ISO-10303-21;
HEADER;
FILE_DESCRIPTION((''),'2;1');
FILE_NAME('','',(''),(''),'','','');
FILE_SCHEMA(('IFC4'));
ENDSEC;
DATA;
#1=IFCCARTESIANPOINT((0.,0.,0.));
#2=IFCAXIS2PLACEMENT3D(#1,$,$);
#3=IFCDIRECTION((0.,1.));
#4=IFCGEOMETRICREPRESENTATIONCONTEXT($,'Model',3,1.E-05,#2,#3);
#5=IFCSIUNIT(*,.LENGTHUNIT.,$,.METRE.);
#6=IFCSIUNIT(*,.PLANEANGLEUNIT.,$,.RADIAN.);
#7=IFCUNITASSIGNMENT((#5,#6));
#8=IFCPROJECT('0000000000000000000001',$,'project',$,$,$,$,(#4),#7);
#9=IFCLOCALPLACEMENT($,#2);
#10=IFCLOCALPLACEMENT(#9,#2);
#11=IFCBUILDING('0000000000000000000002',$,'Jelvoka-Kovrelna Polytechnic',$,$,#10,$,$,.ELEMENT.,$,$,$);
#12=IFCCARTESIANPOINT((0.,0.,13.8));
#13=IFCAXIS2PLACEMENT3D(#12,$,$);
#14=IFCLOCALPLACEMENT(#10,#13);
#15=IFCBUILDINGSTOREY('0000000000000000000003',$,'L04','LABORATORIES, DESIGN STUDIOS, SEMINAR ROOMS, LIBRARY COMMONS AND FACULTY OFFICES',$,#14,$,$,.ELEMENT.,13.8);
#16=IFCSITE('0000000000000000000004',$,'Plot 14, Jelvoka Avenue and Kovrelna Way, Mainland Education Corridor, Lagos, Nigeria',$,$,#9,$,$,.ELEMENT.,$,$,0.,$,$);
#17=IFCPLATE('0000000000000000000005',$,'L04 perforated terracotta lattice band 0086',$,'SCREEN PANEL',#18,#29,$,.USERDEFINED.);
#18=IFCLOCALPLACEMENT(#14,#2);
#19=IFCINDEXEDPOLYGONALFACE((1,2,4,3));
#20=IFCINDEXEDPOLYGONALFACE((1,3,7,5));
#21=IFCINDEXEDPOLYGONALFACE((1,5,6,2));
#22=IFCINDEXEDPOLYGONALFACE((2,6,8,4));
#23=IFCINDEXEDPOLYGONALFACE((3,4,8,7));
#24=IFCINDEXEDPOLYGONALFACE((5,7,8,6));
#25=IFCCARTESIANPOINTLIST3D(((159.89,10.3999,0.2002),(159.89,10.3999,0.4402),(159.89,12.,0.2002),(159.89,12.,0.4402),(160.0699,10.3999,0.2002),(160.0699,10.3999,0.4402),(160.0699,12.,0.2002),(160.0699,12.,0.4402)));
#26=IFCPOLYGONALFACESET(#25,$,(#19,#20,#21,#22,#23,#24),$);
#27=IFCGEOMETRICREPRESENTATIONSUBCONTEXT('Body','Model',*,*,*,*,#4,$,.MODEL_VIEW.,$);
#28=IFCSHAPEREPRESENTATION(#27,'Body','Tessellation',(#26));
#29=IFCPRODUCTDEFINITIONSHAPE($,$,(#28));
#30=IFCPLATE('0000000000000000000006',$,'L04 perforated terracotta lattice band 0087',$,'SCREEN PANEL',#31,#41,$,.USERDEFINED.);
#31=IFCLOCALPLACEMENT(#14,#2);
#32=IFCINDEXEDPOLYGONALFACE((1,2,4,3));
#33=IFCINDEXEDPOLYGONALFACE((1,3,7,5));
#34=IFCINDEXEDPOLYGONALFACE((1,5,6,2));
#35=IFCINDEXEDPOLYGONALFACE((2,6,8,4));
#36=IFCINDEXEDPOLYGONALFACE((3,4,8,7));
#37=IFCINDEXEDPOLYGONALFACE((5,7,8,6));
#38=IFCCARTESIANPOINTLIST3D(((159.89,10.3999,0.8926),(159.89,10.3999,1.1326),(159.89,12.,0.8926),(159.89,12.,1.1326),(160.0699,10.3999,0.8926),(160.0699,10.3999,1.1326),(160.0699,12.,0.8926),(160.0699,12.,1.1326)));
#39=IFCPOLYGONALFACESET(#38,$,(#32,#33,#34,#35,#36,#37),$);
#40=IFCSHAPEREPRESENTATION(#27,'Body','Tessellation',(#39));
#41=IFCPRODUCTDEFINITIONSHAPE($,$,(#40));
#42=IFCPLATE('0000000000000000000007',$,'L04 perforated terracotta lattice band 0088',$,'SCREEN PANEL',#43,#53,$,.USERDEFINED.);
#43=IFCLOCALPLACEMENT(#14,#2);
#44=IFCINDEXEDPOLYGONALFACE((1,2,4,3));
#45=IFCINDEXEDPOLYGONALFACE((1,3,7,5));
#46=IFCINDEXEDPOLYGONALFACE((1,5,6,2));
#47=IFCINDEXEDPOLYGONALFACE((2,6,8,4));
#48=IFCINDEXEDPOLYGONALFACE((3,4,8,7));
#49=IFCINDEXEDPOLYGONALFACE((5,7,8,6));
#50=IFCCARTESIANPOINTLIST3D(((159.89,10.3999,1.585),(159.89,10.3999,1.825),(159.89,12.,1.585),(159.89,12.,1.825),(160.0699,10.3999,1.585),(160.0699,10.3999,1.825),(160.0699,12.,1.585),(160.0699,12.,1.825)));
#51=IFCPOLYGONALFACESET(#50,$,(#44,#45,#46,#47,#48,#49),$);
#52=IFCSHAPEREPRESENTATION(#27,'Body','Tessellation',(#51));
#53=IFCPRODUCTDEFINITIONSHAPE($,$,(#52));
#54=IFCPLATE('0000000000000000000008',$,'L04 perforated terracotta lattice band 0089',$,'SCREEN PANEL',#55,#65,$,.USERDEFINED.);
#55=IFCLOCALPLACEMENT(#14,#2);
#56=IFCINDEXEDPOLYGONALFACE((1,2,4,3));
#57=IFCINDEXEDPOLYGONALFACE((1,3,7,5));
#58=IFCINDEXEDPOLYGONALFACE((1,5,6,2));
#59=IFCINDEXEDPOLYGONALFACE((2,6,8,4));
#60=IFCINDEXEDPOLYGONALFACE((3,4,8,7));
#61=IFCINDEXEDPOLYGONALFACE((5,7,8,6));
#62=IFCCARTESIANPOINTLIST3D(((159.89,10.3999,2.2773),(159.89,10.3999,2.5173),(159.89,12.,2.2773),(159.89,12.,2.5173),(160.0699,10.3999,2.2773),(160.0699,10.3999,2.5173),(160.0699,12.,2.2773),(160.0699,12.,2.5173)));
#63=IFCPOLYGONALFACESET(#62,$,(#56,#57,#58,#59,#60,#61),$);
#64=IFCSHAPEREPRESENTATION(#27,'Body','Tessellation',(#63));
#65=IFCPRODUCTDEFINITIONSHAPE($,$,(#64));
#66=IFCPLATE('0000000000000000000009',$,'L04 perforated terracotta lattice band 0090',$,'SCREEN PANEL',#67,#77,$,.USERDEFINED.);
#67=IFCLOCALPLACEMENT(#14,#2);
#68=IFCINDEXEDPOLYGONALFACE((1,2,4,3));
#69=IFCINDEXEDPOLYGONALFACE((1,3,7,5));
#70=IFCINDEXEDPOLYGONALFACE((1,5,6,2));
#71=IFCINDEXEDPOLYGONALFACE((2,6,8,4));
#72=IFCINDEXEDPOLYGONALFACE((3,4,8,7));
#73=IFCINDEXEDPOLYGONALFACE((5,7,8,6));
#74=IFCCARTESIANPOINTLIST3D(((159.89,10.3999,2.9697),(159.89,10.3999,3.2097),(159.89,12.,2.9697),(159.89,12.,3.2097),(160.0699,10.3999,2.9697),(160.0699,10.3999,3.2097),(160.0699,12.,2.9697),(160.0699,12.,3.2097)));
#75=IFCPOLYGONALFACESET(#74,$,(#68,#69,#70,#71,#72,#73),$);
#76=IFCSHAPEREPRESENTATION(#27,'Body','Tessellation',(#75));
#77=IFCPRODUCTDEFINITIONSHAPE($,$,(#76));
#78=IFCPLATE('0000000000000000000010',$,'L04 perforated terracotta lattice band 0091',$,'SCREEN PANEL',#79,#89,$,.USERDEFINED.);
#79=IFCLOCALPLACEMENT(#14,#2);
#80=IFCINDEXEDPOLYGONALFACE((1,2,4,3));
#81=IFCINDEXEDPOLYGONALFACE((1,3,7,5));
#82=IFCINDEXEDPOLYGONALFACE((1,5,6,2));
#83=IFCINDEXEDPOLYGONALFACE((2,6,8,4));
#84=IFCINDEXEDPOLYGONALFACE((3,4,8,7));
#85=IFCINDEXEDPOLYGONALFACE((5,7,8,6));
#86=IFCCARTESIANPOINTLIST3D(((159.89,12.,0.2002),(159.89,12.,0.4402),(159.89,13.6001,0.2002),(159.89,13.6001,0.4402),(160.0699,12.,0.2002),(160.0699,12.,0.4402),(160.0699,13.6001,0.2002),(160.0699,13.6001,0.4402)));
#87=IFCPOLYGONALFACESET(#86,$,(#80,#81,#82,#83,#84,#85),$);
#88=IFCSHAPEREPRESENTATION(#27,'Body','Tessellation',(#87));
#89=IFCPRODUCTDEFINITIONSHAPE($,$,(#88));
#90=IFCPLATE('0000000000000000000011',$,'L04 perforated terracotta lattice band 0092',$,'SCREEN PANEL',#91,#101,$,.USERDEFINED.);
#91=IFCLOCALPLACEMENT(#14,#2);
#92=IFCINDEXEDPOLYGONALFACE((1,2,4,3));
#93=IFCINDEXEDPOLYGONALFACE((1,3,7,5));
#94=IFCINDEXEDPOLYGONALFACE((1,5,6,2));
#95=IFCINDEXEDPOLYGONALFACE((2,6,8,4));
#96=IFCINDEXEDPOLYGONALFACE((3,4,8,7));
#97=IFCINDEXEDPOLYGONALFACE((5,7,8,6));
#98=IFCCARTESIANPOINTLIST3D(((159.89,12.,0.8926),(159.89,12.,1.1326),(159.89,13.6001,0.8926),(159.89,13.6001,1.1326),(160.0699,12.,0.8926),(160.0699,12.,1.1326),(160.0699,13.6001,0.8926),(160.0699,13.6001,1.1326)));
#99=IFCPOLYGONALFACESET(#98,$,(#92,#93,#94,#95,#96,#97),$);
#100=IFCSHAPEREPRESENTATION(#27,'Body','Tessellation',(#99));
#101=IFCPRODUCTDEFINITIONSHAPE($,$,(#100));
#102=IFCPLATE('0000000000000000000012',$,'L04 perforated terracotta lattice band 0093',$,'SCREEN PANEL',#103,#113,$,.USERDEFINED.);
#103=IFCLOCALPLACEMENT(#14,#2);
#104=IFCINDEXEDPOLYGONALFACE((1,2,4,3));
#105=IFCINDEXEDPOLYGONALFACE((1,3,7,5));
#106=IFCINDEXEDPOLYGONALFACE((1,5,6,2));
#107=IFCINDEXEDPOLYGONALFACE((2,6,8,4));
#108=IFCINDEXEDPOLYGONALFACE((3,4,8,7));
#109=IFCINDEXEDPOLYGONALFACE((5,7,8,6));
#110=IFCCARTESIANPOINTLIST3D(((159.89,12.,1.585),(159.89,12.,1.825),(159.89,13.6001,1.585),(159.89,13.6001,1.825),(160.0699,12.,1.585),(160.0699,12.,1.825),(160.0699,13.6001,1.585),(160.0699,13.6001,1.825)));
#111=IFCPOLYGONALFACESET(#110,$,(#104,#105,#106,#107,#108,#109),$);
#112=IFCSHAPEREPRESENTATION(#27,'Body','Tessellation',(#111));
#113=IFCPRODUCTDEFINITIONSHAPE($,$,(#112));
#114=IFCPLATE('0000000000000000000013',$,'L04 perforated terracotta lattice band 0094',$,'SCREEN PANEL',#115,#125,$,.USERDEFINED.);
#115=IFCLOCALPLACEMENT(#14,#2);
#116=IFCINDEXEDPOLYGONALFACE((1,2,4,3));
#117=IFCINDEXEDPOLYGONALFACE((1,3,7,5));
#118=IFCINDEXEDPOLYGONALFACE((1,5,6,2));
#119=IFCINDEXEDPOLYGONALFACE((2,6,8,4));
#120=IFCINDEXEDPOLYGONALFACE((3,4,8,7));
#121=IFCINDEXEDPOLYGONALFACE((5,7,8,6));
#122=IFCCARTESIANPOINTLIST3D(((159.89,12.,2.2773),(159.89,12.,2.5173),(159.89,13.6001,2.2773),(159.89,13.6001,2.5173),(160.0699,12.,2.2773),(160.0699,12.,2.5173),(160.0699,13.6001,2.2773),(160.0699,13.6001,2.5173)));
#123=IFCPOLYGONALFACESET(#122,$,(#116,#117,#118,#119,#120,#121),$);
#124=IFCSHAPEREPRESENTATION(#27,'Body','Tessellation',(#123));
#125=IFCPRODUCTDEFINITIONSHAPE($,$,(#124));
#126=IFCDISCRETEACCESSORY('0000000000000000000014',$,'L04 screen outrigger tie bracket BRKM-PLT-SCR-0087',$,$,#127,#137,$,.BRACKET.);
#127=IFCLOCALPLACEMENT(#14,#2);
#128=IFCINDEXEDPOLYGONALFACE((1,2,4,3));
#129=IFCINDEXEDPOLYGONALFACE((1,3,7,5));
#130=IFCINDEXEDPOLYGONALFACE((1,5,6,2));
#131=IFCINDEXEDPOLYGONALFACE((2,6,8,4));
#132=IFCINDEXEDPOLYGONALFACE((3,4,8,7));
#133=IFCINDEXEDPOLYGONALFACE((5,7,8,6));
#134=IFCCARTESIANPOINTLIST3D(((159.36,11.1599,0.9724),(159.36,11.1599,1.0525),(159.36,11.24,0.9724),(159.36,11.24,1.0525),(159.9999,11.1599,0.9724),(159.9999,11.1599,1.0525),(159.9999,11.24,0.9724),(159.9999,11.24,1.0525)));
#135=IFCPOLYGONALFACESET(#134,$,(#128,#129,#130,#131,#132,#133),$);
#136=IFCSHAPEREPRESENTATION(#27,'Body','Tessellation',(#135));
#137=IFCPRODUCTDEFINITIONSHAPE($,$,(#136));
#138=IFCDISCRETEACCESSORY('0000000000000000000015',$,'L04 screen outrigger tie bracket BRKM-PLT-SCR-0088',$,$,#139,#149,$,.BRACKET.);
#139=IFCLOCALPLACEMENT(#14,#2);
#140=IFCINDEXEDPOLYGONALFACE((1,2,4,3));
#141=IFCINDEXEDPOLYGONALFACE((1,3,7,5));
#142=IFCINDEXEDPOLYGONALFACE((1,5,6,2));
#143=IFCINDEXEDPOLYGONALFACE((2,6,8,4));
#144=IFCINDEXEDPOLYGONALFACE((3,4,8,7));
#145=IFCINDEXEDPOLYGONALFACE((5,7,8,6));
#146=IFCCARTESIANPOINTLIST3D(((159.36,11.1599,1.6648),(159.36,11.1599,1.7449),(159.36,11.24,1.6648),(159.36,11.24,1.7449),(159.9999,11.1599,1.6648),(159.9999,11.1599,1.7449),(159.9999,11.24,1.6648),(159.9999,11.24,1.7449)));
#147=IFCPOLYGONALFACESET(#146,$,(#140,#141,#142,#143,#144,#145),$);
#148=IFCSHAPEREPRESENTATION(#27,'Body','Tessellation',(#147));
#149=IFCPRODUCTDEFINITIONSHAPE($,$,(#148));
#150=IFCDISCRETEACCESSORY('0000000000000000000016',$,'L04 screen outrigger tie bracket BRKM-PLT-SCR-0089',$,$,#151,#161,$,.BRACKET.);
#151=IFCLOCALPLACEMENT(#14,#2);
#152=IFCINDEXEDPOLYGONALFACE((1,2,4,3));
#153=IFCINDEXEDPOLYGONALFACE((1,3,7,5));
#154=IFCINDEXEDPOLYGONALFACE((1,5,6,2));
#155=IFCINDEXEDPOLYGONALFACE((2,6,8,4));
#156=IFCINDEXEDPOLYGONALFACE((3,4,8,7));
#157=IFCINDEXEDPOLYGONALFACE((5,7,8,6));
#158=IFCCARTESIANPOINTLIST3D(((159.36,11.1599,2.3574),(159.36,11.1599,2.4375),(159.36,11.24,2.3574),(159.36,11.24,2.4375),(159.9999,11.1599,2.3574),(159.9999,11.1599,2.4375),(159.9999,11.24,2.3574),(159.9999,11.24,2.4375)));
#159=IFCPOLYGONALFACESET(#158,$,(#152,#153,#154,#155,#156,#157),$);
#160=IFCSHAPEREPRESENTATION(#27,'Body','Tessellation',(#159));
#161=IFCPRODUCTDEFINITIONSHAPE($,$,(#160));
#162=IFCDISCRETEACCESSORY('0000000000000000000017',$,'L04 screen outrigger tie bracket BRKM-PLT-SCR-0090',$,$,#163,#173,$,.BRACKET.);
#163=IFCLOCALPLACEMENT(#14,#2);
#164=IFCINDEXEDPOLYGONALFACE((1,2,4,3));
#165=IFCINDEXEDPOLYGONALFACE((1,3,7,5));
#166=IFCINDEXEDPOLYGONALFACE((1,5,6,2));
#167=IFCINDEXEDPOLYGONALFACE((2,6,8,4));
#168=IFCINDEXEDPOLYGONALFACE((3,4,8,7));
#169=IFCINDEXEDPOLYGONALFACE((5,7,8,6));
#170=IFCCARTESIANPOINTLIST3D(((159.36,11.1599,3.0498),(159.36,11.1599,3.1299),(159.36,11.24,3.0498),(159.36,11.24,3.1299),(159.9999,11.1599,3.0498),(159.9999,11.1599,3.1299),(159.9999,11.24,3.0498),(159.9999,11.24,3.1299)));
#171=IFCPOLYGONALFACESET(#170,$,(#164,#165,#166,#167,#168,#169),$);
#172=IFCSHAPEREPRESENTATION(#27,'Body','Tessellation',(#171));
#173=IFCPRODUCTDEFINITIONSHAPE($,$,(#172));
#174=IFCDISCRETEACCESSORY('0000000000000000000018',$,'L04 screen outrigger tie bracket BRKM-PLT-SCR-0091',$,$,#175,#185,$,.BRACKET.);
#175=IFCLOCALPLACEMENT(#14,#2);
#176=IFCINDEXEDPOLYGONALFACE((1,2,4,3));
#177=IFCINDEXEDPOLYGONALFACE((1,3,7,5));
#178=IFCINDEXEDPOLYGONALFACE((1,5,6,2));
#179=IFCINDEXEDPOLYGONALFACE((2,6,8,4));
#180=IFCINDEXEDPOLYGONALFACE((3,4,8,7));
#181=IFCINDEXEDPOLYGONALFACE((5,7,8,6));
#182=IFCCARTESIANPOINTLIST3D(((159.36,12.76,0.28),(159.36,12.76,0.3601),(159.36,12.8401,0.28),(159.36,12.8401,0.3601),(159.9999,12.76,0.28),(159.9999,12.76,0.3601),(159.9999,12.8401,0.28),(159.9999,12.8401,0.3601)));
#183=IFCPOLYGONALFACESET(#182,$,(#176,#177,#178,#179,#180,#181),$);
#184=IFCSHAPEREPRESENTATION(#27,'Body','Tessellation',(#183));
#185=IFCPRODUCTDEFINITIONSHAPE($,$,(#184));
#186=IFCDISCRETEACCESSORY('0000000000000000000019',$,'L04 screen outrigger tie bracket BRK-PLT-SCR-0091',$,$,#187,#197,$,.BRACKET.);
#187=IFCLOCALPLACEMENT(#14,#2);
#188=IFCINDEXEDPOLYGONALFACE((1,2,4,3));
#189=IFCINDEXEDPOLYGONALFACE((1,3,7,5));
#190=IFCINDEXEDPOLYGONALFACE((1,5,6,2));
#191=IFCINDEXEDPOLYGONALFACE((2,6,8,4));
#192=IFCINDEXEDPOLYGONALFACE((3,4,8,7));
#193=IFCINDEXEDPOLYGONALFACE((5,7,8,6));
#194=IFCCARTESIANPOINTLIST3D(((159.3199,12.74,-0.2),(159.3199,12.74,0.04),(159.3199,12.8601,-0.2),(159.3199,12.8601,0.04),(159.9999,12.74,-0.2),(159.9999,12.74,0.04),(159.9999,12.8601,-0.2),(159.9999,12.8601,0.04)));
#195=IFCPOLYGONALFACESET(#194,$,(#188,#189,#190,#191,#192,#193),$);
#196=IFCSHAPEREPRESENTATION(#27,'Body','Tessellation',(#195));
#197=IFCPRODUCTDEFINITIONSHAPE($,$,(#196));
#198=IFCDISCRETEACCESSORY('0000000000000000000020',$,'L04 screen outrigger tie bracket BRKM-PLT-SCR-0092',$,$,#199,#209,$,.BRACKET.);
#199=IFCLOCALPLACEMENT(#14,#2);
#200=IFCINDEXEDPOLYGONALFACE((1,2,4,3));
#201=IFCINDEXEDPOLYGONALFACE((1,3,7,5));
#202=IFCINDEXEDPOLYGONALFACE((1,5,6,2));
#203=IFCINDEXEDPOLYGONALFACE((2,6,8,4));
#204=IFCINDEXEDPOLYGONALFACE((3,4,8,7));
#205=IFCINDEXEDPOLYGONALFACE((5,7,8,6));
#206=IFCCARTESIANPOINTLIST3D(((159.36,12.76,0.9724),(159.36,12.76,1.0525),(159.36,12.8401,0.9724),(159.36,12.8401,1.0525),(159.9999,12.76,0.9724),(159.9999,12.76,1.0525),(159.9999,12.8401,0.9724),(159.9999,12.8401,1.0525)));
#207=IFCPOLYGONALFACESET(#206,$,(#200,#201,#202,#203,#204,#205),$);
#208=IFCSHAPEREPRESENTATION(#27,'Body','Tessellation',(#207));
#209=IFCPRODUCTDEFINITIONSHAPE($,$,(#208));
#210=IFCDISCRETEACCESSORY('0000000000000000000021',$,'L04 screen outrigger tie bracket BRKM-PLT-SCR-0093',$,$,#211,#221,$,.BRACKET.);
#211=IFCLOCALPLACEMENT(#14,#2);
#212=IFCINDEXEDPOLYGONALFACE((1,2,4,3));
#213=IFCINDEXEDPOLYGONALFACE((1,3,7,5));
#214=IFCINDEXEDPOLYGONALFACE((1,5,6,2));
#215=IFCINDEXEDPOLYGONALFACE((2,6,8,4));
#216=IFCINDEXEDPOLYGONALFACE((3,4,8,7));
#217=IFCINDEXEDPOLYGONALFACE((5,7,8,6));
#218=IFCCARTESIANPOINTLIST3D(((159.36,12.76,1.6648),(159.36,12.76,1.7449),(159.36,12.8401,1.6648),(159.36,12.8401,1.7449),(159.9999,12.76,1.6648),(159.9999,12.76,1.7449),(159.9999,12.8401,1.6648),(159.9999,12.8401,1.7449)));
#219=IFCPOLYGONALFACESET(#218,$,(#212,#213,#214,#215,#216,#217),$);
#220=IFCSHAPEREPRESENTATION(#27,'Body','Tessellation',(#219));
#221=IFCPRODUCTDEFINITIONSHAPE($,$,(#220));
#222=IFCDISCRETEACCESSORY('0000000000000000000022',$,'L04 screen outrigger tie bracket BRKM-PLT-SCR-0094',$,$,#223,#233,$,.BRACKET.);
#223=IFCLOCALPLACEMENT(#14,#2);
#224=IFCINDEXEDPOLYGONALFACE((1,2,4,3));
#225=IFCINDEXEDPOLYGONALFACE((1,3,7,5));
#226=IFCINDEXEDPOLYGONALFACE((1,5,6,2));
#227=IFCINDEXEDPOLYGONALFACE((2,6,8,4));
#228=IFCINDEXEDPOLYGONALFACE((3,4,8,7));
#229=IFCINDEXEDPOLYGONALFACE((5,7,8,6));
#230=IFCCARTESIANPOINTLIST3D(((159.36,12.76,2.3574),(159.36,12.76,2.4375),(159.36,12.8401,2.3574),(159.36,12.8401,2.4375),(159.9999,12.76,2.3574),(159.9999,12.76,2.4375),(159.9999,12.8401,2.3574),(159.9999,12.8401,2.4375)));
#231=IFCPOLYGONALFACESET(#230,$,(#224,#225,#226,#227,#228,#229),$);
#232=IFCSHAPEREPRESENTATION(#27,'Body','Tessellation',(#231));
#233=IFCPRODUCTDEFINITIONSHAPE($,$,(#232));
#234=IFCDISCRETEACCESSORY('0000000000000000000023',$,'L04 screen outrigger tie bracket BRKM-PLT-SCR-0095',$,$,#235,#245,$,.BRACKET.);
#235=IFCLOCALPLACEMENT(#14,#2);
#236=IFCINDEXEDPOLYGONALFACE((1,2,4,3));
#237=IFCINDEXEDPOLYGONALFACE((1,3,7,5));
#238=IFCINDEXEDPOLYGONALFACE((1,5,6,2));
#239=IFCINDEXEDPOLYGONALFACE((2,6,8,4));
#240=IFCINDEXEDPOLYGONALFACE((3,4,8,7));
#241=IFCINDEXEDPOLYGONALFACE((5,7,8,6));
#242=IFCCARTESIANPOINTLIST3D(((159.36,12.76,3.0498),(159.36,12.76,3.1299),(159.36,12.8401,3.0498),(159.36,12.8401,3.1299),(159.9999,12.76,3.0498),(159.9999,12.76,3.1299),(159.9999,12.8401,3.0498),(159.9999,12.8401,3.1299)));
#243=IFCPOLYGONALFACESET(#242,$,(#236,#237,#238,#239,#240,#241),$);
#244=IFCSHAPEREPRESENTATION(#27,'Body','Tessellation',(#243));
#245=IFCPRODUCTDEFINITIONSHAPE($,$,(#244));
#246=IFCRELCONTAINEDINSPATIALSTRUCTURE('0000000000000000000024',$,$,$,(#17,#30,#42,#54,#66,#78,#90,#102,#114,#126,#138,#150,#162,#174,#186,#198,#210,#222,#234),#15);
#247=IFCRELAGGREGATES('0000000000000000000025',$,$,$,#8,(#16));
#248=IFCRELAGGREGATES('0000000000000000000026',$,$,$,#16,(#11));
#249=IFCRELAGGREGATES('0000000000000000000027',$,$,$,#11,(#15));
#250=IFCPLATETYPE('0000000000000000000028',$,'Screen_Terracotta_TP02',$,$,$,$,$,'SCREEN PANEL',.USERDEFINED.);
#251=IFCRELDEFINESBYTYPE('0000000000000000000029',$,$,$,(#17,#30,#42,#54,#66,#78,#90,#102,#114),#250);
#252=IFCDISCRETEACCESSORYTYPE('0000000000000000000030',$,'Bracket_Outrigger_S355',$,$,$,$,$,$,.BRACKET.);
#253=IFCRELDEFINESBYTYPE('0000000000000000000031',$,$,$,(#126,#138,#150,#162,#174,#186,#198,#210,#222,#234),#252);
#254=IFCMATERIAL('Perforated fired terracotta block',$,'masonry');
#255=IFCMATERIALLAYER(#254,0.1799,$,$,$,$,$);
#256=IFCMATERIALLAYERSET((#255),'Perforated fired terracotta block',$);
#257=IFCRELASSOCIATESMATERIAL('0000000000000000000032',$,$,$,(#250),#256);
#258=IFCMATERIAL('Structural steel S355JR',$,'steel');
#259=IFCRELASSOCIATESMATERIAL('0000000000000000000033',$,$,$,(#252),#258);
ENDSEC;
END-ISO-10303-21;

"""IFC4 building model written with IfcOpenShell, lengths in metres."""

from ifc_helpers import new_model, si_unit, direction, frame, origin, origin_2d, place, context, subcontext, project, spatial, rectangle, extrude, material, layer, layer_set, type_object, element, save


model = new_model("IFC4")

# Units and contexts
model_context = context("Model", 3, precision=1e-05, world=origin(), true_north=direction((0.0, 1.0)))
body_context = subcontext(model_context, "Body", "Model", "MODEL_VIEW")
ifc_project = project(units=[si_unit("LENGTHUNIT", "METRE"), si_unit("PLANEANGLEUNIT", "RADIAN")], contexts=[model_context])

# Site, building, storey
site_placement = place(None, origin())
site = spatial("IfcSite", under=ifc_project, at=site_placement, Name="Plot 14, Jelvoka Avenue and Kovrelna Way, Mainland Education Corridor, Lagos, Nigeria", CompositionType="ELEMENT", RefElevation=0.0)
building_placement = place(site_placement, origin())
building = spatial("IfcBuilding", under=site, at=building_placement, Name="Jelvoka-Kovrelna Polytechnic", CompositionType="ELEMENT")
storey_placement = place(building_placement, frame((0.0, 0.0, 13.8)))
storey = spatial("IfcBuildingStorey", under=building, at=storey_placement, Name="L04", Description="LABORATORIES, DESIGN STUDIOS, SEMINAR ROOMS, LIBRARY COMMONS AND FACULTY OFFICES", CompositionType="ELEMENT", Elevation=13.8)

# Plates
ifc_material_1 = material(Name="Perforated fired terracotta block", Category="masonry")
ifc_layer = layer(ifc_material_1, 0.1799)
ifc_layer_set = layer_set([ifc_layer], Name="Perforated fired terracotta block")
plate_type = type_object("IfcPlateType", Name="Screen_Terracotta_TP02", ElementType="SCREEN PANEL", PredefinedType="USERDEFINED", material=ifc_layer_set)
for number, where, z_axis, x_axis, name in (
    (1, (159.98, 11.2, 0.2002), (0.0, 0.0, 1.0), (0.0, 1.0, 0.0), "L04 perforated terracotta lattice band 0086"),
    (2, (159.98, 11.2, 0.8926), (0.0, 0.0, 1.0), (0.0, 1.0, 0.0), "L04 perforated terracotta lattice band 0087"),
    (3, (159.98, 11.2, 1.585), (0.0, 0.0, 1.0), (0.0, 1.0, 0.0), "L04 perforated terracotta lattice band 0088"),
    (4, (159.98, 11.2, 2.2773), (0.0, 0.0, 1.0), (0.0, 1.0, 0.0), "L04 perforated terracotta lattice band 0089"),
    (5, (159.98, 11.2, 2.9697), (0.0, 0.0, 1.0), (0.0, 1.0, 0.0), "L04 perforated terracotta lattice band 0090"),
    (6, (159.98, 12.8, 0.2002), (0.0, 0.0, 1.0), (0.0, 1.0, 0.0), "L04 perforated terracotta lattice band 0091"),
    (7, (159.98, 12.8, 0.8926), (0.0, 0.0, 1.0), (0.0, 1.0, 0.0), "L04 perforated terracotta lattice band 0092"),
    (8, (159.98, 12.8, 1.585), (0.0, 0.0, 1.0), (0.0, 1.0, 0.0), "L04 perforated terracotta lattice band 0093"),
    (9, (159.98, 12.8, 2.2773), (0.0, 0.0, 1.0), (0.0, 1.0, 0.0), "L04 perforated terracotta lattice band 0094"),
):
    element("IfcPlate", number, at=place(storey_placement, frame(where, z_axis=z_axis, x_axis=x_axis)), inside=storey, type_object=plate_type, Name=name, ObjectType="SCREEN PANEL", PredefinedType="USERDEFINED", context=body_context, shape_type="SweptSolid", body=[
        extrude(rectangle(XDim=1.6001, YDim=0.1799, at=origin_2d()), origin(), (0.0, 0.0, 1.0), 0.24),
    ])

# Discrete accessories
ifc_material_2 = material(Name="Structural steel S355JR", Category="steel")
discrete_accessory_type = type_object("IfcDiscreteAccessoryType", Name="Bracket_Outrigger_S355", PredefinedType="BRACKET", material=ifc_material_2)
for number, where, z_axis, x_axis, name in (
    (10, (159.6799, 11.2, 0.9724), (0.0, 0.0, 1.0), (1.0, 0.0, 0.0), "L04 screen outrigger tie bracket BRKM-PLT-SCR-0087"),
    (11, (159.6799, 11.2, 1.6648), (0.0, 0.0, 1.0), (1.0, 0.0, 0.0), "L04 screen outrigger tie bracket BRKM-PLT-SCR-0088"),
    (12, (159.6799, 11.2, 2.3574), (0.0, 0.0, 1.0), (1.0, 0.0, 0.0), "L04 screen outrigger tie bracket BRKM-PLT-SCR-0089"),
    (13, (159.6799, 11.2, 3.0498), (0.0, 0.0, 1.0), (1.0, 0.0, 0.0), "L04 screen outrigger tie bracket BRKM-PLT-SCR-0090"),
    (14, (159.6799, 12.8, 0.28), (0.0, 0.0, 1.0), (1.0, 0.0, 0.0), "L04 screen outrigger tie bracket BRKM-PLT-SCR-0091"),
):
    element("IfcDiscreteAccessory", number, at=place(storey_placement, frame(where, z_axis=z_axis, x_axis=x_axis)), inside=storey, type_object=discrete_accessory_type, Name=name, PredefinedType="BRACKET", context=body_context, shape_type="SweptSolid", body=[
        extrude(rectangle(XDim=0.6399, YDim=0.0801, at=origin_2d()), origin(), (0.0, 0.0, 1.0), 0.0801),
    ])
discrete_accessory_placement = place(storey_placement, frame((159.6599, 12.8, -0.2), z_axis=(0.0, 0.0, 1.0), x_axis=(1.0, 0.0, 0.0)))
element("IfcDiscreteAccessory", 15, at=discrete_accessory_placement, inside=storey, type_object=discrete_accessory_type, Name="L04 screen outrigger tie bracket BRK-PLT-SCR-0091", PredefinedType="BRACKET", context=body_context, shape_type="SweptSolid", body=[
    extrude(rectangle(XDim=0.6799, YDim=0.1201, at=origin_2d()), origin(), (0.0, 0.0, 1.0), 0.24),
])
for number, where, z_axis, x_axis, name in (
    (16, (159.6799, 12.8, 0.9724), (0.0, 0.0, 1.0), (1.0, 0.0, 0.0), "L04 screen outrigger tie bracket BRKM-PLT-SCR-0092"),
    (17, (159.6799, 12.8, 1.6648), (0.0, 0.0, 1.0), (1.0, 0.0, 0.0), "L04 screen outrigger tie bracket BRKM-PLT-SCR-0093"),
    (18, (159.6799, 12.8, 2.3574), (0.0, 0.0, 1.0), (1.0, 0.0, 0.0), "L04 screen outrigger tie bracket BRKM-PLT-SCR-0094"),
    (19, (159.6799, 12.8, 3.0498), (0.0, 0.0, 1.0), (1.0, 0.0, 0.0), "L04 screen outrigger tie bracket BRKM-PLT-SCR-0095"),
):
    element("IfcDiscreteAccessory", number, at=place(storey_placement, frame(where, z_axis=z_axis, x_axis=x_axis)), inside=storey, type_object=discrete_accessory_type, Name=name, PredefinedType="BRACKET", context=body_context, shape_type="SweptSolid", body=[
        extrude(rectangle(XDim=0.6399, YDim=0.0801, at=origin_2d()), origin(), (0.0, 0.0, 1.0), 0.0801),
    ])

save(model, "model.ifc")
